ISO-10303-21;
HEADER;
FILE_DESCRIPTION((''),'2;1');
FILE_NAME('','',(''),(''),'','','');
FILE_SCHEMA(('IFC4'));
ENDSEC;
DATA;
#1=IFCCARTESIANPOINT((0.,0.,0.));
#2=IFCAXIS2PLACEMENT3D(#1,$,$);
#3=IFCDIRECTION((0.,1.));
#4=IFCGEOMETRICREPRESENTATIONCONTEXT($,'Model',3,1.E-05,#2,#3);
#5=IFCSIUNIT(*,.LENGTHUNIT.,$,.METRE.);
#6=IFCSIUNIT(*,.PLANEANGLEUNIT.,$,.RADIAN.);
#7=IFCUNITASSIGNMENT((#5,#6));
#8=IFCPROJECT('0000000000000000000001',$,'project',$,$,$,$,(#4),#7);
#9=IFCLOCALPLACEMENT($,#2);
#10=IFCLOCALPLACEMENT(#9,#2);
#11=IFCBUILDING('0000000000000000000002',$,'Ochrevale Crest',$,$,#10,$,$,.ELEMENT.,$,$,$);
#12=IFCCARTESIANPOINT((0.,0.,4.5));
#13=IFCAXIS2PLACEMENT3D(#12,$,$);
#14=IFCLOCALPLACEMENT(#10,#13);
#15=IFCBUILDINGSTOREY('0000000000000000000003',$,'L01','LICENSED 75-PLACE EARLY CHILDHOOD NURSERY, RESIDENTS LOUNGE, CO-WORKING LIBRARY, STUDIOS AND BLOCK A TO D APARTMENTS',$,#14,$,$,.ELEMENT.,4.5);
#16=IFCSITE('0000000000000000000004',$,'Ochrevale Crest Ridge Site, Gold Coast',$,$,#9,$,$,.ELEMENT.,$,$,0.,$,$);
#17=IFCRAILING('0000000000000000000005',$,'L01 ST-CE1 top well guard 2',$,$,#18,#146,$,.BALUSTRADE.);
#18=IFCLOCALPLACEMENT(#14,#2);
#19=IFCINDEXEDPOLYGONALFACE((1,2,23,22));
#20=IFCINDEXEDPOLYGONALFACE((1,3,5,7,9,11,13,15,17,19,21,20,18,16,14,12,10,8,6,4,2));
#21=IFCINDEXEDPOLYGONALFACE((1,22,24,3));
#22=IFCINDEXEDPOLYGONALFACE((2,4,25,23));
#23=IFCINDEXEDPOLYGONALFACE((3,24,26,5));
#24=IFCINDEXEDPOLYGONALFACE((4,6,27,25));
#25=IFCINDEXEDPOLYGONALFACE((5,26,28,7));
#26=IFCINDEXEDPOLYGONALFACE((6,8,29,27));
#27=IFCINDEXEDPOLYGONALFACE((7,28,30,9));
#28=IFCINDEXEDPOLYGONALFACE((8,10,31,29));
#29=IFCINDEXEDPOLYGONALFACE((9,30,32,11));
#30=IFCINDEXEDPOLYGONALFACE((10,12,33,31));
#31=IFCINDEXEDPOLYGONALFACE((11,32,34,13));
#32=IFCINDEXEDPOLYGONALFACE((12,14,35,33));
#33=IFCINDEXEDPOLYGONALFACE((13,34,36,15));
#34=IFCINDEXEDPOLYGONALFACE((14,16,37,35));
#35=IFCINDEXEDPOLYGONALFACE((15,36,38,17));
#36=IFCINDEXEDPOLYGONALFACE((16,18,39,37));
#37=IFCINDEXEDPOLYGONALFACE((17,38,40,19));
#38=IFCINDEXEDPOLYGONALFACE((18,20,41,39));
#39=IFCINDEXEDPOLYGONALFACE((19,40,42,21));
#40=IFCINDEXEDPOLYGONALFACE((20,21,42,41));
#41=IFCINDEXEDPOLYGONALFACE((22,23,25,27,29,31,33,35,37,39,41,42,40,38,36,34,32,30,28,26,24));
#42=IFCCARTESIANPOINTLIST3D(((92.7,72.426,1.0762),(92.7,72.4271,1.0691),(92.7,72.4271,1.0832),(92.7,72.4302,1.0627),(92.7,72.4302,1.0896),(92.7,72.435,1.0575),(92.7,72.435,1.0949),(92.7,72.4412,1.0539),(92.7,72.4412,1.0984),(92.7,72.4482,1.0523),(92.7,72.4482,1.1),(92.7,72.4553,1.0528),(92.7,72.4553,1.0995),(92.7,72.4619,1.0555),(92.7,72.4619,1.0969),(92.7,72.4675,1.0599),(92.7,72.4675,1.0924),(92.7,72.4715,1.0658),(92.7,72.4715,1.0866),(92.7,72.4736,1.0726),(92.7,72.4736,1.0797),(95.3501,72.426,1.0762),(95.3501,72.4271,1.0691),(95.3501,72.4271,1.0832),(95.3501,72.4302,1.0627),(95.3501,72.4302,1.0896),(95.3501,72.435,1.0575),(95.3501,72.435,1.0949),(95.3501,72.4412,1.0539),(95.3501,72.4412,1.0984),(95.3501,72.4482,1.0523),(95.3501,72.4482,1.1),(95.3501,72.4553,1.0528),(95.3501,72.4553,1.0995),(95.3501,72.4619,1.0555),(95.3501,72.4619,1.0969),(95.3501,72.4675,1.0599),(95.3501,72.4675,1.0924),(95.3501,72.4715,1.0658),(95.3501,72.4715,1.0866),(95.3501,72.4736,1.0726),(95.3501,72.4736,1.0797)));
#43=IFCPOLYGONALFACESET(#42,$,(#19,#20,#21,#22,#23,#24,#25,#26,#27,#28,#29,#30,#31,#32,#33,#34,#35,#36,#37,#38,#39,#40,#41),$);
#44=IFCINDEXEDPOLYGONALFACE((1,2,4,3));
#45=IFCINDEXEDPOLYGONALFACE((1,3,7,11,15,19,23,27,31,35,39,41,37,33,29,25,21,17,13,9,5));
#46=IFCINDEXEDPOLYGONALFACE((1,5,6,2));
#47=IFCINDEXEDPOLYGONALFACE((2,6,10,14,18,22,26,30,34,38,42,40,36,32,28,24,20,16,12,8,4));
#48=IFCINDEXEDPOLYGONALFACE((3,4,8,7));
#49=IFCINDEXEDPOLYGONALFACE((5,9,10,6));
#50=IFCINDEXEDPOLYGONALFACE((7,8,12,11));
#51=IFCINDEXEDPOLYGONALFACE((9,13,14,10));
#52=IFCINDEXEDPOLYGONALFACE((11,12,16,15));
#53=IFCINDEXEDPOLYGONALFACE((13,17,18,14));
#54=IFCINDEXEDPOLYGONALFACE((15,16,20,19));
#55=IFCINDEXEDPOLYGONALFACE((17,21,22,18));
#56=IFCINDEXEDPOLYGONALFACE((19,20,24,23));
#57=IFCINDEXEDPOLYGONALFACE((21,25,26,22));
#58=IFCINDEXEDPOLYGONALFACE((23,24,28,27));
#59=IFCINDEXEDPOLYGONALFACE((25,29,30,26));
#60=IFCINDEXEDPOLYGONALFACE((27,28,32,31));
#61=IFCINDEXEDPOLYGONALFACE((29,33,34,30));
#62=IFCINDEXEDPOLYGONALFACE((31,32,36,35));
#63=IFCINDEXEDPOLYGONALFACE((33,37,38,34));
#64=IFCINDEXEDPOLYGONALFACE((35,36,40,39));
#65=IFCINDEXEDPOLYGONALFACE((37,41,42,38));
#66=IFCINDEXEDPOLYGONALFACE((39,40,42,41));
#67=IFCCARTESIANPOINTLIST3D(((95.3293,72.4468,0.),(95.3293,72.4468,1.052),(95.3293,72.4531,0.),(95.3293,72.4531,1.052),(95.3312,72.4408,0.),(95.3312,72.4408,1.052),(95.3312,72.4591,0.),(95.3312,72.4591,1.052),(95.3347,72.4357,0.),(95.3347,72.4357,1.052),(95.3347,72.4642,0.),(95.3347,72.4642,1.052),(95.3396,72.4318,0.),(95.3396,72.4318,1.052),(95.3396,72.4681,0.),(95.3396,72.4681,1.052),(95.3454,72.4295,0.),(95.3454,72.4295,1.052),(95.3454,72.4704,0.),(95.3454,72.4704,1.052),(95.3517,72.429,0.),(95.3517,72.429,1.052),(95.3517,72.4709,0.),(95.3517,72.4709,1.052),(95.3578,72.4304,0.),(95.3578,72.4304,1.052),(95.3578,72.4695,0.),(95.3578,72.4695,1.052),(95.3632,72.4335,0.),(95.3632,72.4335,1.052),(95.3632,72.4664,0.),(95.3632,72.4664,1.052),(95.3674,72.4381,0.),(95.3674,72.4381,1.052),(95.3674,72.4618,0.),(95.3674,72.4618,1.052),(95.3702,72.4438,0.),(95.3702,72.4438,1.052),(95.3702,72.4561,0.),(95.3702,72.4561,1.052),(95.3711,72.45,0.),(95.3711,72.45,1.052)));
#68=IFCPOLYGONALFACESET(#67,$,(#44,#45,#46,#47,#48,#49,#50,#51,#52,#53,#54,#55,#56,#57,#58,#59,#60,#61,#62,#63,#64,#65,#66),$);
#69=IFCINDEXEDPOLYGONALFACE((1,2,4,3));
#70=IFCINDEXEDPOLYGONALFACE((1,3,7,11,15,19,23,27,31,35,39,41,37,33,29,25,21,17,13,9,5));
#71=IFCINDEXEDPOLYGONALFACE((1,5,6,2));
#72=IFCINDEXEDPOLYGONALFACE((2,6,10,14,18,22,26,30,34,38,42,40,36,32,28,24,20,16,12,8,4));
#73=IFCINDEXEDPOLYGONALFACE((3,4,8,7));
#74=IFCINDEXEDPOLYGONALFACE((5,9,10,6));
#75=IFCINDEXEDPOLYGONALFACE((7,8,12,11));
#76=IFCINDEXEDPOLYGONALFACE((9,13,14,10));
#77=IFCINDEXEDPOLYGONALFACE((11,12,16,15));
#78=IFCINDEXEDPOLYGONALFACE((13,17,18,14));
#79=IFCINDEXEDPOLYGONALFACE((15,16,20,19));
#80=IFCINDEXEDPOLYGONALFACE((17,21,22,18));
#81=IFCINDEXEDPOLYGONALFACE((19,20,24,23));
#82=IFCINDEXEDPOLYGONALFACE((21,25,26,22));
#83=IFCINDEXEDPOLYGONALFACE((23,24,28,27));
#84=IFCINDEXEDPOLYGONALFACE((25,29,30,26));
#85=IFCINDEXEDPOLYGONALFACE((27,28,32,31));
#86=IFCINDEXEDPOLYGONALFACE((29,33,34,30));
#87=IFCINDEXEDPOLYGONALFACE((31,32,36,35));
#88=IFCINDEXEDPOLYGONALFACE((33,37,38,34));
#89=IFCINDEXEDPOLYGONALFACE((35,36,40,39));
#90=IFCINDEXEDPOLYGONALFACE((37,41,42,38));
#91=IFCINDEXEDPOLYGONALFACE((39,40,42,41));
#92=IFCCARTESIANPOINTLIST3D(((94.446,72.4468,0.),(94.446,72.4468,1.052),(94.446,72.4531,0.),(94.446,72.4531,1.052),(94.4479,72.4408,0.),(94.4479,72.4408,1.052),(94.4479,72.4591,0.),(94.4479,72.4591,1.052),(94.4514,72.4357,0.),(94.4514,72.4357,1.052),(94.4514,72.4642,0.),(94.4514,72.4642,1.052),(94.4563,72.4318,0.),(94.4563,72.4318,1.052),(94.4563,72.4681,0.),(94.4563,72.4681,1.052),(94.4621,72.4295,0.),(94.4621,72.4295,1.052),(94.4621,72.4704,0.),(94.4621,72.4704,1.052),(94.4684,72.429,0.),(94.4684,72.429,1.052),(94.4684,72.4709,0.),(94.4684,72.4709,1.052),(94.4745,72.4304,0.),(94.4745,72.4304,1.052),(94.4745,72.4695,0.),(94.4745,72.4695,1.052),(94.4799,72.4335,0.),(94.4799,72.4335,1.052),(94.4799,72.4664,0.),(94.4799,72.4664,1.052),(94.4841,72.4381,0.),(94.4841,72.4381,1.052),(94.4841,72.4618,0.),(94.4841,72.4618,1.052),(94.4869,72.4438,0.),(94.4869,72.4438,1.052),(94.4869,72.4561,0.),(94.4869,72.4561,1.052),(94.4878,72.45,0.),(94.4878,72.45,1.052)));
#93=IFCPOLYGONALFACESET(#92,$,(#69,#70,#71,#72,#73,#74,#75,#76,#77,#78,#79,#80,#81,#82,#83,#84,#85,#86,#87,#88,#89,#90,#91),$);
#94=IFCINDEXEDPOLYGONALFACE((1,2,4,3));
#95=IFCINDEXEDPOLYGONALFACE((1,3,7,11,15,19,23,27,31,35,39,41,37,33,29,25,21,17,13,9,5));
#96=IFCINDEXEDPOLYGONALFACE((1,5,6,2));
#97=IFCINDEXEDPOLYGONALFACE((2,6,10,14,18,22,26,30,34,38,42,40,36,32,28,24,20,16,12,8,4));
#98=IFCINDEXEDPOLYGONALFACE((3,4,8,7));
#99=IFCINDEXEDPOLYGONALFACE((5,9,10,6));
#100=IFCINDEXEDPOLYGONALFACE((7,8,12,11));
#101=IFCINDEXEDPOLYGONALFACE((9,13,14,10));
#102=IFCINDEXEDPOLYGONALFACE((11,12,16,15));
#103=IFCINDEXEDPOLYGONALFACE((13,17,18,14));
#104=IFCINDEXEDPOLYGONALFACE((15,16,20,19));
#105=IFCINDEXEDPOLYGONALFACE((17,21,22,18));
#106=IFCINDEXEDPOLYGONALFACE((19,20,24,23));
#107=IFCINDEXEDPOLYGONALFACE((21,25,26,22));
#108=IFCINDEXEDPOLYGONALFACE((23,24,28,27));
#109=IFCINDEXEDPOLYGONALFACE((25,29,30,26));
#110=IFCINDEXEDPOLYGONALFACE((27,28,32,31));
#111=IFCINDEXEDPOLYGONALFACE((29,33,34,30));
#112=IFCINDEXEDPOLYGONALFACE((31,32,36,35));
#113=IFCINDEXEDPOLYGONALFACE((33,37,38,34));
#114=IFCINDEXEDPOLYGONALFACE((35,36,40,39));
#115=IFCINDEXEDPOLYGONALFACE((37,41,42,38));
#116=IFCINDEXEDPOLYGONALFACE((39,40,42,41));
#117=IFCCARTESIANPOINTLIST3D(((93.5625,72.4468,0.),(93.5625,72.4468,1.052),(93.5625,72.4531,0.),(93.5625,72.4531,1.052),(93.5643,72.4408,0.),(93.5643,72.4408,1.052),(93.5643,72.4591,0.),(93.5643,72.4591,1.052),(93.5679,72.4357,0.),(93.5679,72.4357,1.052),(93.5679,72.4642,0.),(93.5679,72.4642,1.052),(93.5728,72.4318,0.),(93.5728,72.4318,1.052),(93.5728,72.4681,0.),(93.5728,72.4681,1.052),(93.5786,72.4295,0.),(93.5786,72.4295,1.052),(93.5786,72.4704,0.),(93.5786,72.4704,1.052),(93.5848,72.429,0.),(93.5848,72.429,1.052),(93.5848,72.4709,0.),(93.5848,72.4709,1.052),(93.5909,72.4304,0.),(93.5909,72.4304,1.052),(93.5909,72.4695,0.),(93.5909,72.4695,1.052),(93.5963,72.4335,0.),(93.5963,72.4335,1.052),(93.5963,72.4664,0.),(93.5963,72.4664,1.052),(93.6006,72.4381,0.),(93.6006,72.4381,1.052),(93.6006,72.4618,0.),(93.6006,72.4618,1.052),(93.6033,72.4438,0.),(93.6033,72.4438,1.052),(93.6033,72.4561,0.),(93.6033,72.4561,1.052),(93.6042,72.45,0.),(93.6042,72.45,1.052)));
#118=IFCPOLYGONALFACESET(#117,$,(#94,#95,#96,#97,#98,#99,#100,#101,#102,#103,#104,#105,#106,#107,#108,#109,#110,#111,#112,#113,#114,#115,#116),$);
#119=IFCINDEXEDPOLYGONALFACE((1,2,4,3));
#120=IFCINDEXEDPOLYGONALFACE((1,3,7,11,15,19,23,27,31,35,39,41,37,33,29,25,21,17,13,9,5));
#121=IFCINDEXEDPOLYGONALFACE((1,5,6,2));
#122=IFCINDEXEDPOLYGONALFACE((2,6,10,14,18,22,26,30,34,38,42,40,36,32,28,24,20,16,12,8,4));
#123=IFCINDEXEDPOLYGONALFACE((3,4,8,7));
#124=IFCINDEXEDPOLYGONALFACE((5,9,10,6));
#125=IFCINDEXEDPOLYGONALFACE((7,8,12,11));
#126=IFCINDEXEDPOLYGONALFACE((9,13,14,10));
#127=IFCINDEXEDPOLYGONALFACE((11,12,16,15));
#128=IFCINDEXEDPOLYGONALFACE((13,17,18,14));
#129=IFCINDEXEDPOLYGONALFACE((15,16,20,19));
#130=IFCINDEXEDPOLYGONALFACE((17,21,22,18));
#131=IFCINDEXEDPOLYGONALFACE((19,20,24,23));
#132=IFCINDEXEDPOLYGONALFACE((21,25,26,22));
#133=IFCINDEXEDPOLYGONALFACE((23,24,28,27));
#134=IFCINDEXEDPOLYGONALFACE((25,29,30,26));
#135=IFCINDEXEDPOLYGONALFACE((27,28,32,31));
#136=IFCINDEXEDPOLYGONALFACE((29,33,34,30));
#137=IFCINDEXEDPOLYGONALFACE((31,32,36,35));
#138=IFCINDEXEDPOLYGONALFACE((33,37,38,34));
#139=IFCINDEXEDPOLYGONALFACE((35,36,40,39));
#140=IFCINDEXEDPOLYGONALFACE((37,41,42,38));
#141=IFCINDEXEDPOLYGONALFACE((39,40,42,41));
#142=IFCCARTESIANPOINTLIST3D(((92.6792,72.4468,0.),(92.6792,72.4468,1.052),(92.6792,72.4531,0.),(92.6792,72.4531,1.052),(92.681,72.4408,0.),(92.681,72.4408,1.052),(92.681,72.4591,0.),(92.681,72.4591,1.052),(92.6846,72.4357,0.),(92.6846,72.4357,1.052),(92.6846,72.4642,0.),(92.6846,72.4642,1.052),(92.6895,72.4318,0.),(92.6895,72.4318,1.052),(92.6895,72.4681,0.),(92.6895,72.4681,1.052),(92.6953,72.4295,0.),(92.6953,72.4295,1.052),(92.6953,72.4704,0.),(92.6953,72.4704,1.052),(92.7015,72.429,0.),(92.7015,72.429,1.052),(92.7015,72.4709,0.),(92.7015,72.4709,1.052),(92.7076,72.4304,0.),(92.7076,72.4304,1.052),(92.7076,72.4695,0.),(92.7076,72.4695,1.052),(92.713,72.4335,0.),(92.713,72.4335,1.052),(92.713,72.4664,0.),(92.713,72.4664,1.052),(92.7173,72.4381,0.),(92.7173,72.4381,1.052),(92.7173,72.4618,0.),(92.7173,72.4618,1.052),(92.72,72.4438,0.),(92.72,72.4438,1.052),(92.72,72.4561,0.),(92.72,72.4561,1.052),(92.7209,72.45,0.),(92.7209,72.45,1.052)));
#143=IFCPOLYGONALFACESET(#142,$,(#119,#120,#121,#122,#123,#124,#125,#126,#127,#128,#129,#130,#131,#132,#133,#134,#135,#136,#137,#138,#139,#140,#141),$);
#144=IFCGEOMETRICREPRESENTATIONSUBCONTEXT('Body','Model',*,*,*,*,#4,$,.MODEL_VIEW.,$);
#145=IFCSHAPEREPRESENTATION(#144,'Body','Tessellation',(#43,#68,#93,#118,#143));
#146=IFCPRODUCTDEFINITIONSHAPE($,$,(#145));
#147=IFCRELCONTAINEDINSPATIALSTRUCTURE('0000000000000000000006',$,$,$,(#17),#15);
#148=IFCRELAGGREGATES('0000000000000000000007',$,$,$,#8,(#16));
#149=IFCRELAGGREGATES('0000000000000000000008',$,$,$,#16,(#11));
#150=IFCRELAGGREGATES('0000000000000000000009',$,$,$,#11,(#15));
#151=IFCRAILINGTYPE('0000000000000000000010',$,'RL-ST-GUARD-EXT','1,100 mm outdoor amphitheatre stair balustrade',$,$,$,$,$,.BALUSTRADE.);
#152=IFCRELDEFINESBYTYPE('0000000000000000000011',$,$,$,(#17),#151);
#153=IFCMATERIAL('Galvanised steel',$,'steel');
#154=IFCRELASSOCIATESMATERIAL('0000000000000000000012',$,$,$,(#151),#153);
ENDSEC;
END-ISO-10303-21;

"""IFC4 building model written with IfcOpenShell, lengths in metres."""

from ifc_helpers import new_model, si_unit, direction, frame, origin, origin_2d, place, context, subcontext, project, spatial, circle, extrude, material, type_object, element, save


model = new_model("IFC4")

# Units and contexts
model_context = context("Model", 3, precision=1e-05, world=origin(), true_north=direction((0.0, 1.0)))
body_context = subcontext(model_context, "Body", "Model", "MODEL_VIEW")
ifc_project = project(units=[si_unit("LENGTHUNIT", "METRE"), si_unit("PLANEANGLEUNIT", "RADIAN")], contexts=[model_context])

# Site, building, storey
site_placement = place(None, origin())
site = spatial("IfcSite", under=ifc_project, at=site_placement, Name="Ochrevale Crest Ridge Site, Gold Coast", CompositionType="ELEMENT", RefElevation=0.0)
building_placement = place(site_placement, origin())
building = spatial("IfcBuilding", under=site, at=building_placement, Name="Ochrevale Crest", CompositionType="ELEMENT")
storey_placement = place(building_placement, frame((0.0, 0.0, 4.5)))
storey = spatial("IfcBuildingStorey", under=building, at=storey_placement, Name="L01", Description="LICENSED 75-PLACE EARLY CHILDHOOD NURSERY, RESIDENTS LOUNGE, CO-WORKING LIBRARY, STUDIOS AND BLOCK A TO D APARTMENTS", CompositionType="ELEMENT", Elevation=4.5)

# Railing
ifc_material_1 = material(Name="Galvanised steel", Category="steel")
railing_type_1 = type_object("IfcRailingType", Name="RL-ST-GUARD-EXT", Description="1,100 mm outdoor amphitheatre stair balustrade", PredefinedType="BALUSTRADE", material=ifc_material_1)
railing_1_placement = place(storey_placement, frame((95.3501, 72.45, 0.0)))
element("IfcRailing", 1, at=railing_1_placement, inside=storey, type_object=railing_type_1, Name="L01 ST-CE1 top well guard 2", PredefinedType="BALUSTRADE", context=body_context, shape_type="SweptSolid", body=[
    extrude(circle(Radius=0.0239, at=origin_2d()), frame((0.0, 0.0, 1.0762), z_axis=(-1.0, 0.0, 0.0), x_axis=(0.0, -1.0, 0.0)), (0.0, 0.0, 1.0), 2.6501),
    extrude(circle(Radius=0.021, at=origin_2d()), origin(), (0.0, 0.0, 1.0), 1.052),
    extrude(circle(Radius=0.021, at=origin_2d()), frame((-0.8833, 0.0, 0.0)), (0.0, 0.0, 1.0), 1.052),
    extrude(circle(Radius=0.021, at=origin_2d()), frame((-1.7668, 0.0, 0.0)), (0.0, 0.0, 1.0), 1.052),
    extrude(circle(Radius=0.021, at=origin_2d()), frame((-2.6501, 0.0, 0.0)), (0.0, 0.0, 1.0), 1.052),
])

save(model, "model.ifc")
